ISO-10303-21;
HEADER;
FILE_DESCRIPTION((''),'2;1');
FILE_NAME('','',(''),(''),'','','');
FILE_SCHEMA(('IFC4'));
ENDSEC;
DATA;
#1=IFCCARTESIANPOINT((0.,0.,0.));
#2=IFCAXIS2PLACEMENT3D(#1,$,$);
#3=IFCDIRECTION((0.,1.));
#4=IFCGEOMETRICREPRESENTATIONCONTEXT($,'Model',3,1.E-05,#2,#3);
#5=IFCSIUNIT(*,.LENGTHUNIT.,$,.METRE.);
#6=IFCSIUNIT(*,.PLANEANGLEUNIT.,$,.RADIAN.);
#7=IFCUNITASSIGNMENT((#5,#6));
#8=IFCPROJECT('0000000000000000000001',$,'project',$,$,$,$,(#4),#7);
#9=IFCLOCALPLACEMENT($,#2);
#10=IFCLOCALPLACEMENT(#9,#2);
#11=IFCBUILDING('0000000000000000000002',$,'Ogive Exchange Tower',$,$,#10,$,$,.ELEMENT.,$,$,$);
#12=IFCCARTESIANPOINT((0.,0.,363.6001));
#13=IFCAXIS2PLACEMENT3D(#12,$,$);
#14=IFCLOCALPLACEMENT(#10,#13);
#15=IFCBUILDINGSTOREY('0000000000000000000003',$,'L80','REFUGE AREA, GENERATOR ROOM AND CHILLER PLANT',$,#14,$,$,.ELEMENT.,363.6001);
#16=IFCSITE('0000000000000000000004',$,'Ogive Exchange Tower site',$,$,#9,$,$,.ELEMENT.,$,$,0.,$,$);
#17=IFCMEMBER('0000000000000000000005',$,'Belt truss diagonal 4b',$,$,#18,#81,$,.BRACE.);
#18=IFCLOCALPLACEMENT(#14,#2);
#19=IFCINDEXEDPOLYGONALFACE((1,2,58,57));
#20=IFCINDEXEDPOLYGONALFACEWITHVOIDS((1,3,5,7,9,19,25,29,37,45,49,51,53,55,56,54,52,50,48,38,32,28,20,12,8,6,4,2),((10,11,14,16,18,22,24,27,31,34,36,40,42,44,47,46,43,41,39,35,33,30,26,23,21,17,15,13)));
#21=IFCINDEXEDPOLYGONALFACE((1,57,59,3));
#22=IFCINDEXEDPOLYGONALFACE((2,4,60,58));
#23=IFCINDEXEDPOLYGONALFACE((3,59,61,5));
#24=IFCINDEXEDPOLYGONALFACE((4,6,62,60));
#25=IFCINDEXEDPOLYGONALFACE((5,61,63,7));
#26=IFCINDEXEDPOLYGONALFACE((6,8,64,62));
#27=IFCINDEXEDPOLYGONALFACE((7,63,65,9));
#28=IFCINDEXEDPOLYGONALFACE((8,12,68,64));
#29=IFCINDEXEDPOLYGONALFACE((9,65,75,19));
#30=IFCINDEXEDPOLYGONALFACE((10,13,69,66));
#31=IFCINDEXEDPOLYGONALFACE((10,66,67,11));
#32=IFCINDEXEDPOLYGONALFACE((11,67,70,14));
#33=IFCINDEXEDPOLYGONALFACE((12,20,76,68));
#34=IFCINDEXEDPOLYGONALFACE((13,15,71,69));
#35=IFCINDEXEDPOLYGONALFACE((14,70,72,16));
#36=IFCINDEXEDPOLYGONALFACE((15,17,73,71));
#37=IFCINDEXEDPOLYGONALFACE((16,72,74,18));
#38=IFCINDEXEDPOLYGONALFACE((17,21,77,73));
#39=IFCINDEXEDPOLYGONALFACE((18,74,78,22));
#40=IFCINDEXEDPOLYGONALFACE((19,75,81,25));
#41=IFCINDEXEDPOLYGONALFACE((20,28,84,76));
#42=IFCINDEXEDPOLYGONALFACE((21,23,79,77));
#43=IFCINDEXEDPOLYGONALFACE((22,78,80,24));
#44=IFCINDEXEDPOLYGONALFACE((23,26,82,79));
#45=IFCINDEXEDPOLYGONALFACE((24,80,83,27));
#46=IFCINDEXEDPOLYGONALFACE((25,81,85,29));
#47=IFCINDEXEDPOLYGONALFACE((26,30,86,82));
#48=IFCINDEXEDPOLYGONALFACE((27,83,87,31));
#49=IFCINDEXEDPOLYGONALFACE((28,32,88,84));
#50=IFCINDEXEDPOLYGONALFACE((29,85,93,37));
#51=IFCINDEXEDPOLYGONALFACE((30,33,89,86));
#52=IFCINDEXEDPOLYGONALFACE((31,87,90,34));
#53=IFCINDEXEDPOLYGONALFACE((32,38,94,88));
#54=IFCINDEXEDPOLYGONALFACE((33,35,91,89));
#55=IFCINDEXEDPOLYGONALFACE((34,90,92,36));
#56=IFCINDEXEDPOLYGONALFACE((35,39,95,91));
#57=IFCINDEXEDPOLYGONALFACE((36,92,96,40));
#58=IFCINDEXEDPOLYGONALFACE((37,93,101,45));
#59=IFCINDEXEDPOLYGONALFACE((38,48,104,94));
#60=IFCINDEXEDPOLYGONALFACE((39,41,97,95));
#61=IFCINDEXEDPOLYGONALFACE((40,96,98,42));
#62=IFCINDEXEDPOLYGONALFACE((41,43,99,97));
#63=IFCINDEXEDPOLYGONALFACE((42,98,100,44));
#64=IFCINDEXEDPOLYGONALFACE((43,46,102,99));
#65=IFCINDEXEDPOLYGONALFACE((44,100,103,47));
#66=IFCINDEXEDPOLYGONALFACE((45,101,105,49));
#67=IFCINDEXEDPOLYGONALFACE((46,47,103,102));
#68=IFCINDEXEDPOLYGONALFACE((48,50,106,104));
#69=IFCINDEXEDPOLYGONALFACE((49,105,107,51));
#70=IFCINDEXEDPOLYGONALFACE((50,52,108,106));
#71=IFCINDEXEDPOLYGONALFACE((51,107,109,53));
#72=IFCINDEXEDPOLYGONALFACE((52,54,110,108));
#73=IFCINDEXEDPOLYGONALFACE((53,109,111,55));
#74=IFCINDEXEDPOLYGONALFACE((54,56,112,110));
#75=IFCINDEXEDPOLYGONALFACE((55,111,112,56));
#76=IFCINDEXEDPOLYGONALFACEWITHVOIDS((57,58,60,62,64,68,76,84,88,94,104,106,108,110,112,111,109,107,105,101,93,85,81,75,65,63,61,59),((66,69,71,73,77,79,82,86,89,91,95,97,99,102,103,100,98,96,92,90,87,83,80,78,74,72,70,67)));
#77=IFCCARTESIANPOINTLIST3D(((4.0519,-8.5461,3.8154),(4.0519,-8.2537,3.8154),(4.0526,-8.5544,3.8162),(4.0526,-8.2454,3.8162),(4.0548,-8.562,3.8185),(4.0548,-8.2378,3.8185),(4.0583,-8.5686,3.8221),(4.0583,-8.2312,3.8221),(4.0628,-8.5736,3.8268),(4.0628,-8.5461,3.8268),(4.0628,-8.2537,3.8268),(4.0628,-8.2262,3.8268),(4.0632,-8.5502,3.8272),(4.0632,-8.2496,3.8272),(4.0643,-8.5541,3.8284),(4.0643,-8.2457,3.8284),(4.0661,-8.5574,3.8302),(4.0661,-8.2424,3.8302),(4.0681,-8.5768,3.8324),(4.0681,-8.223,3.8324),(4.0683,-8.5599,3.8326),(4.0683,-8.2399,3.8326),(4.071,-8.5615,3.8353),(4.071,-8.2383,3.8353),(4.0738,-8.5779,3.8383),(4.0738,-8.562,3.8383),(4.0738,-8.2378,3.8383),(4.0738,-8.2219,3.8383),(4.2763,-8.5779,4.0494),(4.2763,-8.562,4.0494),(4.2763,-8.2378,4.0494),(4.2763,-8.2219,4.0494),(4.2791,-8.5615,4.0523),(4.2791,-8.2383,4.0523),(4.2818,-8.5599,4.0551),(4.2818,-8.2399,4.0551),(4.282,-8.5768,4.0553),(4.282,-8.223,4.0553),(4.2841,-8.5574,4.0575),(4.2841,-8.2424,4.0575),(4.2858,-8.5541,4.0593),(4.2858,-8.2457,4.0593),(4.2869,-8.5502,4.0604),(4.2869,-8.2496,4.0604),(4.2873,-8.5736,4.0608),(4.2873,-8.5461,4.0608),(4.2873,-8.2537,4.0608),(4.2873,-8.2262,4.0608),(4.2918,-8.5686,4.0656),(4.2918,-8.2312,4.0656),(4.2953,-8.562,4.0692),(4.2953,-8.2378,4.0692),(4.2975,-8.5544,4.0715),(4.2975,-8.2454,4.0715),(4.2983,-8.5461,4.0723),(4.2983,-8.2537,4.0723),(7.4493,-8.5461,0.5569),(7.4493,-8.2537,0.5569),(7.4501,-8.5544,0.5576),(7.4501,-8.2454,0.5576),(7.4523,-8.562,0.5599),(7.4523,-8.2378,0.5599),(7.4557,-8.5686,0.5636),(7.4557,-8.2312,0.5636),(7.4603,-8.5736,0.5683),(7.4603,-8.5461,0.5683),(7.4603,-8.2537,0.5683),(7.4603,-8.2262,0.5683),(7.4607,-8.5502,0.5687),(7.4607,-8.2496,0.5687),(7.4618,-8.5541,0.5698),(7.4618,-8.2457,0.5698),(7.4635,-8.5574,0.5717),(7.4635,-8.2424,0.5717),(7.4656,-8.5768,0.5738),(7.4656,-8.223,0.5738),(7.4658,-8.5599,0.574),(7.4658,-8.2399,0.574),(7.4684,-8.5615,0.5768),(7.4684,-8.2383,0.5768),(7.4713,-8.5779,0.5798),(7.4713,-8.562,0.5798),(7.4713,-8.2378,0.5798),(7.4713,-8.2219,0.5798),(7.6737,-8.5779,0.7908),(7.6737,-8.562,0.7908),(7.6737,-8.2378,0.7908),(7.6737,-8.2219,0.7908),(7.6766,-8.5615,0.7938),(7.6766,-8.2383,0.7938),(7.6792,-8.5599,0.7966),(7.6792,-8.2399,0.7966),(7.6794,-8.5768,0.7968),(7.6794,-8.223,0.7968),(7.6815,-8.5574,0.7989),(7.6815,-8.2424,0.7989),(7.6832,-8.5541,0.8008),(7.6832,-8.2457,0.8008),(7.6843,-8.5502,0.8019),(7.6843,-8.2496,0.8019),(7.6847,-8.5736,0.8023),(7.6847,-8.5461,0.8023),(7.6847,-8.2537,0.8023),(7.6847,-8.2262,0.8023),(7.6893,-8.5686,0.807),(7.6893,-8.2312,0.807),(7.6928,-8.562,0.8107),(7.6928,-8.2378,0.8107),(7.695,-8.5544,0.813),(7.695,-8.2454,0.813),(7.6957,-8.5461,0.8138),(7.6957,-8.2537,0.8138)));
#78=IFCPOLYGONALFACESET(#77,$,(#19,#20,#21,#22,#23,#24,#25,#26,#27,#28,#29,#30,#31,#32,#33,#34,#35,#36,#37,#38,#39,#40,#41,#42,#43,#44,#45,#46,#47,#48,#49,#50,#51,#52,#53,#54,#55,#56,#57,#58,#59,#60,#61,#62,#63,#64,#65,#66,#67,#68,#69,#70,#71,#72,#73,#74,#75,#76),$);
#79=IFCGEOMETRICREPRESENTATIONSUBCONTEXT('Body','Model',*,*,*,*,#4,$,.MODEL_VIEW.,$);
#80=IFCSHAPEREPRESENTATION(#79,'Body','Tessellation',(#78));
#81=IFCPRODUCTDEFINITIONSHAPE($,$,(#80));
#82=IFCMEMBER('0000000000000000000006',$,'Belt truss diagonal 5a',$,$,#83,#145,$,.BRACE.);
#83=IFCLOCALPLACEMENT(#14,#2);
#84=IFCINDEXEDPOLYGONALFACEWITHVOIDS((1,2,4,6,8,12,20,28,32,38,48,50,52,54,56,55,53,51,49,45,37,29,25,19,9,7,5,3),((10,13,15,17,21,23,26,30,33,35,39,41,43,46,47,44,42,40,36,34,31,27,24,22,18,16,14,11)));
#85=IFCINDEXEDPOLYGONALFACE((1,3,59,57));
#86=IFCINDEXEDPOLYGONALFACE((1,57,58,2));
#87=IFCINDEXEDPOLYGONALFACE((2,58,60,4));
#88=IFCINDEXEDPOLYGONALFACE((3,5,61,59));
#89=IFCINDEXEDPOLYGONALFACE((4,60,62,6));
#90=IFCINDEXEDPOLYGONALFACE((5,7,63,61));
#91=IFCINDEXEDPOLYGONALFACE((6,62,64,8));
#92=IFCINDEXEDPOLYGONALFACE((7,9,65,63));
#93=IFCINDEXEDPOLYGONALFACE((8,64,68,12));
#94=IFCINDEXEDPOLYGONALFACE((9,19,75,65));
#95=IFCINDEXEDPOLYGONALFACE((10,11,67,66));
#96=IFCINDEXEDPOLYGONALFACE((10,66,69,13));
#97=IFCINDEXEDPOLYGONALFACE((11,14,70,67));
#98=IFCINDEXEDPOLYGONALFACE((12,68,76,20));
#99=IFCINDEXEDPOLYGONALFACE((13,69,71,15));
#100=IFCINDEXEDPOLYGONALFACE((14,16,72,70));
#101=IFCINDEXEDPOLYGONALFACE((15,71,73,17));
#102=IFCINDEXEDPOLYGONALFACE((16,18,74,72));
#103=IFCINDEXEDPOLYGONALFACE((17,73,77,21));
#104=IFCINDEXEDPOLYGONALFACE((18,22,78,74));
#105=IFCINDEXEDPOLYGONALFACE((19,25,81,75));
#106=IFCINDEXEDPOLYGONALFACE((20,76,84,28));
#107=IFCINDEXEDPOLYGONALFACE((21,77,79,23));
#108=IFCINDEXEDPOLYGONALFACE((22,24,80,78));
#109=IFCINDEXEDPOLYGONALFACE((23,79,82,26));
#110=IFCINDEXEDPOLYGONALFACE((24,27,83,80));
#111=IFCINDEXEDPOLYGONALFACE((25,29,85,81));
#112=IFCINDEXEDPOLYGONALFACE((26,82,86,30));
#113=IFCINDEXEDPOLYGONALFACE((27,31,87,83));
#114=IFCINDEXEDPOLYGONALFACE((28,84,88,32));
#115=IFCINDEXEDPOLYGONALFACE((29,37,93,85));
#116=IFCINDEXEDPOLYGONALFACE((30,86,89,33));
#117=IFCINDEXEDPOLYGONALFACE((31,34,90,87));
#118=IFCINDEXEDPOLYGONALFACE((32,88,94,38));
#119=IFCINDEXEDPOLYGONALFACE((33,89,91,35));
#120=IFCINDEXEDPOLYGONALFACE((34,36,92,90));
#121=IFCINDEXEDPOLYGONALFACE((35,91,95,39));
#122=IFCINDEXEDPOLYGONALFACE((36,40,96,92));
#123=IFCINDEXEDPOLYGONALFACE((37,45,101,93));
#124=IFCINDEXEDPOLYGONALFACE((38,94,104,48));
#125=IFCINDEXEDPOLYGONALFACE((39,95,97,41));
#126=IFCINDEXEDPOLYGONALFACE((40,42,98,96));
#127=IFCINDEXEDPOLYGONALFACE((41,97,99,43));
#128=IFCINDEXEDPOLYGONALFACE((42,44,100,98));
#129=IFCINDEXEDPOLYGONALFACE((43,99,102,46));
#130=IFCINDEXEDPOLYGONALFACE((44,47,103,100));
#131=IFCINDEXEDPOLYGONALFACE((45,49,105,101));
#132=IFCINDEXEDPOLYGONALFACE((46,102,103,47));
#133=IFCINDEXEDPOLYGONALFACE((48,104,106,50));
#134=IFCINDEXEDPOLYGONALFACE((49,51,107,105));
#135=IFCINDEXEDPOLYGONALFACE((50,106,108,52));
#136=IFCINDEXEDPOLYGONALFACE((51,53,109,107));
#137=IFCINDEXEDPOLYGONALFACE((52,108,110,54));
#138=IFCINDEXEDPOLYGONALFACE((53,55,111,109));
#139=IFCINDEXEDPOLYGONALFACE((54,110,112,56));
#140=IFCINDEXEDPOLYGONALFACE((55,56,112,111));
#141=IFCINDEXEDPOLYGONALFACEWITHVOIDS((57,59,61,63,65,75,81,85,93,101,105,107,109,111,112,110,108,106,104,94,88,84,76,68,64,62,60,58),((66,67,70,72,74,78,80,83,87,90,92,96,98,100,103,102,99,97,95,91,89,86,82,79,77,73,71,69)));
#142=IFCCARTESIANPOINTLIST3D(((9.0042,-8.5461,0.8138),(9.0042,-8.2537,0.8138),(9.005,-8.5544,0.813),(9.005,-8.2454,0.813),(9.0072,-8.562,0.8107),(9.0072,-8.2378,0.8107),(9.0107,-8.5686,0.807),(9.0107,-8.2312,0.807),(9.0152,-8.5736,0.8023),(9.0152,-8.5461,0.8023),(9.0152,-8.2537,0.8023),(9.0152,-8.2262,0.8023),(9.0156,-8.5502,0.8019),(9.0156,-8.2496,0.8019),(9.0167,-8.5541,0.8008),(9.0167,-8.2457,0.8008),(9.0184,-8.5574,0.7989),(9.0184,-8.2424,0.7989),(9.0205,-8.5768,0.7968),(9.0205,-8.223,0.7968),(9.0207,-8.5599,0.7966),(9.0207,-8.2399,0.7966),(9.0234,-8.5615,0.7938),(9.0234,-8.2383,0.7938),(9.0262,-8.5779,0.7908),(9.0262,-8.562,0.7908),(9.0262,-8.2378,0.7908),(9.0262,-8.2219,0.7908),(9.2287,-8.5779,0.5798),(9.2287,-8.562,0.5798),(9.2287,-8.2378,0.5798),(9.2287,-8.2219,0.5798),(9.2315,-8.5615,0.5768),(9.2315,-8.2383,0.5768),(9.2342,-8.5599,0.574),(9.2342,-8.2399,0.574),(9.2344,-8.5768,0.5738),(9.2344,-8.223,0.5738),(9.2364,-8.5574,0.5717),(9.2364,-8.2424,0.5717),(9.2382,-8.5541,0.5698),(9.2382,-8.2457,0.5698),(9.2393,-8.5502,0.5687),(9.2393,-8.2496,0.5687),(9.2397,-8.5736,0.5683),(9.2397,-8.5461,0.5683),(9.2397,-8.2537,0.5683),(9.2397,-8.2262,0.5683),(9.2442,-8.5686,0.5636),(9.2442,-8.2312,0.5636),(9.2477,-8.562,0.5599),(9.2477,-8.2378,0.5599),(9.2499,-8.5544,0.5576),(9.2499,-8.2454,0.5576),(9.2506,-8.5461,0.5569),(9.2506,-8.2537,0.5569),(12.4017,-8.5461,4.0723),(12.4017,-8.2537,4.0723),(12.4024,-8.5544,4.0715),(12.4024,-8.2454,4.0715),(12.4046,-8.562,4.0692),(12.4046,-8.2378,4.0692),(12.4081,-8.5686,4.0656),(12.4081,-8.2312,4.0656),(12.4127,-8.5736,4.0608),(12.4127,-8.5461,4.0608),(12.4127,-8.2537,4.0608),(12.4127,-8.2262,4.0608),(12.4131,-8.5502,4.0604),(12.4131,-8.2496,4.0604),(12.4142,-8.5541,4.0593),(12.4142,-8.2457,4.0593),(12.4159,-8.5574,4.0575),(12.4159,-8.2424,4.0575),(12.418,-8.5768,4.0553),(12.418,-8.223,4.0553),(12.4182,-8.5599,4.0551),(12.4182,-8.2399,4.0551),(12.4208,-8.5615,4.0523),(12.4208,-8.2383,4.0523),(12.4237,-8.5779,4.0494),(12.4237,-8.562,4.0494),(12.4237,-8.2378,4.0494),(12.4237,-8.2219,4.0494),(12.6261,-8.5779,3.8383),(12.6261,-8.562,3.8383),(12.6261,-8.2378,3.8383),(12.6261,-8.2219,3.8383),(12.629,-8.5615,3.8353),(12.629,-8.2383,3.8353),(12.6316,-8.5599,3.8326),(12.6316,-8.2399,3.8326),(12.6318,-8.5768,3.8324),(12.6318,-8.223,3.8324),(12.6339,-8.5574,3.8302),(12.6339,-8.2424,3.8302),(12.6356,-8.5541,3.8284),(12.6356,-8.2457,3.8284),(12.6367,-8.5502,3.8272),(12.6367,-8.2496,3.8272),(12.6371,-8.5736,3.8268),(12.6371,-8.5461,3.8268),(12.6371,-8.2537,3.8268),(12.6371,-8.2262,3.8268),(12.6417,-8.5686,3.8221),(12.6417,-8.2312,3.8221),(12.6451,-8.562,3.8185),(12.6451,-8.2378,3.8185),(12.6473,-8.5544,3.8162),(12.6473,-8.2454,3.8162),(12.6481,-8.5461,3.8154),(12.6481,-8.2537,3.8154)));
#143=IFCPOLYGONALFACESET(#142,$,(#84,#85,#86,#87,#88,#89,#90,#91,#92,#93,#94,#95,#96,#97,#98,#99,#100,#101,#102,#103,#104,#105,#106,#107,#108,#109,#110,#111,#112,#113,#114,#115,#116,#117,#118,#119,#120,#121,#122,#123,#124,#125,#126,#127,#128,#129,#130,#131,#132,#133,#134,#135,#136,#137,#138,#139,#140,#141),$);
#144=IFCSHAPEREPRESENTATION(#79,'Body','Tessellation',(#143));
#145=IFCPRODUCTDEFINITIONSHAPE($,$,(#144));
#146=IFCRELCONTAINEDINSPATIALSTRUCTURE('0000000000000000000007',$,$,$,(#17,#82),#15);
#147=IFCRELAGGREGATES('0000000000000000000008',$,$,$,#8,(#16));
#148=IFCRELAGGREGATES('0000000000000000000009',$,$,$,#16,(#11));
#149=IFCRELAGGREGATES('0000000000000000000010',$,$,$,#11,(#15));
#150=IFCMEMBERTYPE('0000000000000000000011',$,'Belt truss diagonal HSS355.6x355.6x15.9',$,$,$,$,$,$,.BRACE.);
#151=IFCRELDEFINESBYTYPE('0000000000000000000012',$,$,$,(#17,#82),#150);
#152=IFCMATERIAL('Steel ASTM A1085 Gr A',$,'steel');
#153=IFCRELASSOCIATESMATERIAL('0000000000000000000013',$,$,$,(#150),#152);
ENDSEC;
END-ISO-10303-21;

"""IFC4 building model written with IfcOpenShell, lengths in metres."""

from ifc_helpers import new_model, si_unit, direction, frame, origin, origin_2d, place, context, subcontext, project, spatial, hollow_rectangle, extrude, material, material_profile, profile_set, type_object, element, save


model = new_model("IFC4")

# Units and contexts
model_context = context("Model", 3, precision=1e-05, world=origin(), true_north=direction((0.0, 1.0)))
body_context = subcontext(model_context, "Body", "Model", "MODEL_VIEW")
ifc_project = project(units=[si_unit("LENGTHUNIT", "METRE"), si_unit("PLANEANGLEUNIT", "RADIAN")], contexts=[model_context])

# Site, building, storey
site_placement = place(None, origin())
site = spatial("IfcSite", under=ifc_project, at=site_placement, Name="Ogive Exchange Tower site", CompositionType="ELEMENT", RefElevation=0.0)
building_placement = place(site_placement, origin())
building = spatial("IfcBuilding", under=site, at=building_placement, Name="Ogive Exchange Tower", CompositionType="ELEMENT")
storey_placement = place(building_placement, frame((0.0, 0.0, 363.6001)))
storey = spatial("IfcBuildingStorey", under=building, at=storey_placement, Name="L80", Description="REFUGE AREA, GENERATOR ROOM AND CHILLER PLANT", CompositionType="ELEMENT", Elevation=363.6001)

# Members
ifc_material_1 = material(Name="Steel ASTM A1085 Gr A", Category="steel")
ifc_material_profile_1 = material_profile(ifc_material_1, hollow_rectangle(XDim=0.356, YDim=0.356, WallThickness=0.0159, InnerFilletRadius=0.0159, OuterFilletRadius=0.0317, at=origin_2d()), Name="HSS355.6x355.6x15.9")
ifc_profile_set_1 = profile_set([ifc_material_profile_1], Name="Steel ASTM A1085 Gr A")
member_type = type_object("IfcMemberType", Name="Belt truss diagonal HSS355.6x355.6x15.9", PredefinedType="BRACE", material=ifc_profile_set_1)
for number, where, z_axis, x_axis, name in (
    (1, (7.5725, -8.3999, 0.6853), (-0.721707, 0.0, 0.692198), (0.0, -1.0, 0.0), "Belt truss diagonal 4b"),
    (2, (9.1274, -8.3999, 0.6853), (0.721707, 0.0, 0.692198), (0.0, 1.0, 0.0), "Belt truss diagonal 5a"),
):
    element("IfcMember", number, at=place(storey_placement, frame(where, z_axis=z_axis, x_axis=x_axis)), inside=storey, type_object=member_type, Name=name, PredefinedType="BRACE", context=body_context, shape_type="SweptSolid", body=[
        extrude(hollow_rectangle(XDim=0.356, YDim=0.356, WallThickness=0.0159, InnerFilletRadius=0.0159, OuterFilletRadius=0.0317, at=origin_2d()), origin(), (0.0, 0.0, 1.0), 4.7075),
    ])

save(model, "model.ifc")
